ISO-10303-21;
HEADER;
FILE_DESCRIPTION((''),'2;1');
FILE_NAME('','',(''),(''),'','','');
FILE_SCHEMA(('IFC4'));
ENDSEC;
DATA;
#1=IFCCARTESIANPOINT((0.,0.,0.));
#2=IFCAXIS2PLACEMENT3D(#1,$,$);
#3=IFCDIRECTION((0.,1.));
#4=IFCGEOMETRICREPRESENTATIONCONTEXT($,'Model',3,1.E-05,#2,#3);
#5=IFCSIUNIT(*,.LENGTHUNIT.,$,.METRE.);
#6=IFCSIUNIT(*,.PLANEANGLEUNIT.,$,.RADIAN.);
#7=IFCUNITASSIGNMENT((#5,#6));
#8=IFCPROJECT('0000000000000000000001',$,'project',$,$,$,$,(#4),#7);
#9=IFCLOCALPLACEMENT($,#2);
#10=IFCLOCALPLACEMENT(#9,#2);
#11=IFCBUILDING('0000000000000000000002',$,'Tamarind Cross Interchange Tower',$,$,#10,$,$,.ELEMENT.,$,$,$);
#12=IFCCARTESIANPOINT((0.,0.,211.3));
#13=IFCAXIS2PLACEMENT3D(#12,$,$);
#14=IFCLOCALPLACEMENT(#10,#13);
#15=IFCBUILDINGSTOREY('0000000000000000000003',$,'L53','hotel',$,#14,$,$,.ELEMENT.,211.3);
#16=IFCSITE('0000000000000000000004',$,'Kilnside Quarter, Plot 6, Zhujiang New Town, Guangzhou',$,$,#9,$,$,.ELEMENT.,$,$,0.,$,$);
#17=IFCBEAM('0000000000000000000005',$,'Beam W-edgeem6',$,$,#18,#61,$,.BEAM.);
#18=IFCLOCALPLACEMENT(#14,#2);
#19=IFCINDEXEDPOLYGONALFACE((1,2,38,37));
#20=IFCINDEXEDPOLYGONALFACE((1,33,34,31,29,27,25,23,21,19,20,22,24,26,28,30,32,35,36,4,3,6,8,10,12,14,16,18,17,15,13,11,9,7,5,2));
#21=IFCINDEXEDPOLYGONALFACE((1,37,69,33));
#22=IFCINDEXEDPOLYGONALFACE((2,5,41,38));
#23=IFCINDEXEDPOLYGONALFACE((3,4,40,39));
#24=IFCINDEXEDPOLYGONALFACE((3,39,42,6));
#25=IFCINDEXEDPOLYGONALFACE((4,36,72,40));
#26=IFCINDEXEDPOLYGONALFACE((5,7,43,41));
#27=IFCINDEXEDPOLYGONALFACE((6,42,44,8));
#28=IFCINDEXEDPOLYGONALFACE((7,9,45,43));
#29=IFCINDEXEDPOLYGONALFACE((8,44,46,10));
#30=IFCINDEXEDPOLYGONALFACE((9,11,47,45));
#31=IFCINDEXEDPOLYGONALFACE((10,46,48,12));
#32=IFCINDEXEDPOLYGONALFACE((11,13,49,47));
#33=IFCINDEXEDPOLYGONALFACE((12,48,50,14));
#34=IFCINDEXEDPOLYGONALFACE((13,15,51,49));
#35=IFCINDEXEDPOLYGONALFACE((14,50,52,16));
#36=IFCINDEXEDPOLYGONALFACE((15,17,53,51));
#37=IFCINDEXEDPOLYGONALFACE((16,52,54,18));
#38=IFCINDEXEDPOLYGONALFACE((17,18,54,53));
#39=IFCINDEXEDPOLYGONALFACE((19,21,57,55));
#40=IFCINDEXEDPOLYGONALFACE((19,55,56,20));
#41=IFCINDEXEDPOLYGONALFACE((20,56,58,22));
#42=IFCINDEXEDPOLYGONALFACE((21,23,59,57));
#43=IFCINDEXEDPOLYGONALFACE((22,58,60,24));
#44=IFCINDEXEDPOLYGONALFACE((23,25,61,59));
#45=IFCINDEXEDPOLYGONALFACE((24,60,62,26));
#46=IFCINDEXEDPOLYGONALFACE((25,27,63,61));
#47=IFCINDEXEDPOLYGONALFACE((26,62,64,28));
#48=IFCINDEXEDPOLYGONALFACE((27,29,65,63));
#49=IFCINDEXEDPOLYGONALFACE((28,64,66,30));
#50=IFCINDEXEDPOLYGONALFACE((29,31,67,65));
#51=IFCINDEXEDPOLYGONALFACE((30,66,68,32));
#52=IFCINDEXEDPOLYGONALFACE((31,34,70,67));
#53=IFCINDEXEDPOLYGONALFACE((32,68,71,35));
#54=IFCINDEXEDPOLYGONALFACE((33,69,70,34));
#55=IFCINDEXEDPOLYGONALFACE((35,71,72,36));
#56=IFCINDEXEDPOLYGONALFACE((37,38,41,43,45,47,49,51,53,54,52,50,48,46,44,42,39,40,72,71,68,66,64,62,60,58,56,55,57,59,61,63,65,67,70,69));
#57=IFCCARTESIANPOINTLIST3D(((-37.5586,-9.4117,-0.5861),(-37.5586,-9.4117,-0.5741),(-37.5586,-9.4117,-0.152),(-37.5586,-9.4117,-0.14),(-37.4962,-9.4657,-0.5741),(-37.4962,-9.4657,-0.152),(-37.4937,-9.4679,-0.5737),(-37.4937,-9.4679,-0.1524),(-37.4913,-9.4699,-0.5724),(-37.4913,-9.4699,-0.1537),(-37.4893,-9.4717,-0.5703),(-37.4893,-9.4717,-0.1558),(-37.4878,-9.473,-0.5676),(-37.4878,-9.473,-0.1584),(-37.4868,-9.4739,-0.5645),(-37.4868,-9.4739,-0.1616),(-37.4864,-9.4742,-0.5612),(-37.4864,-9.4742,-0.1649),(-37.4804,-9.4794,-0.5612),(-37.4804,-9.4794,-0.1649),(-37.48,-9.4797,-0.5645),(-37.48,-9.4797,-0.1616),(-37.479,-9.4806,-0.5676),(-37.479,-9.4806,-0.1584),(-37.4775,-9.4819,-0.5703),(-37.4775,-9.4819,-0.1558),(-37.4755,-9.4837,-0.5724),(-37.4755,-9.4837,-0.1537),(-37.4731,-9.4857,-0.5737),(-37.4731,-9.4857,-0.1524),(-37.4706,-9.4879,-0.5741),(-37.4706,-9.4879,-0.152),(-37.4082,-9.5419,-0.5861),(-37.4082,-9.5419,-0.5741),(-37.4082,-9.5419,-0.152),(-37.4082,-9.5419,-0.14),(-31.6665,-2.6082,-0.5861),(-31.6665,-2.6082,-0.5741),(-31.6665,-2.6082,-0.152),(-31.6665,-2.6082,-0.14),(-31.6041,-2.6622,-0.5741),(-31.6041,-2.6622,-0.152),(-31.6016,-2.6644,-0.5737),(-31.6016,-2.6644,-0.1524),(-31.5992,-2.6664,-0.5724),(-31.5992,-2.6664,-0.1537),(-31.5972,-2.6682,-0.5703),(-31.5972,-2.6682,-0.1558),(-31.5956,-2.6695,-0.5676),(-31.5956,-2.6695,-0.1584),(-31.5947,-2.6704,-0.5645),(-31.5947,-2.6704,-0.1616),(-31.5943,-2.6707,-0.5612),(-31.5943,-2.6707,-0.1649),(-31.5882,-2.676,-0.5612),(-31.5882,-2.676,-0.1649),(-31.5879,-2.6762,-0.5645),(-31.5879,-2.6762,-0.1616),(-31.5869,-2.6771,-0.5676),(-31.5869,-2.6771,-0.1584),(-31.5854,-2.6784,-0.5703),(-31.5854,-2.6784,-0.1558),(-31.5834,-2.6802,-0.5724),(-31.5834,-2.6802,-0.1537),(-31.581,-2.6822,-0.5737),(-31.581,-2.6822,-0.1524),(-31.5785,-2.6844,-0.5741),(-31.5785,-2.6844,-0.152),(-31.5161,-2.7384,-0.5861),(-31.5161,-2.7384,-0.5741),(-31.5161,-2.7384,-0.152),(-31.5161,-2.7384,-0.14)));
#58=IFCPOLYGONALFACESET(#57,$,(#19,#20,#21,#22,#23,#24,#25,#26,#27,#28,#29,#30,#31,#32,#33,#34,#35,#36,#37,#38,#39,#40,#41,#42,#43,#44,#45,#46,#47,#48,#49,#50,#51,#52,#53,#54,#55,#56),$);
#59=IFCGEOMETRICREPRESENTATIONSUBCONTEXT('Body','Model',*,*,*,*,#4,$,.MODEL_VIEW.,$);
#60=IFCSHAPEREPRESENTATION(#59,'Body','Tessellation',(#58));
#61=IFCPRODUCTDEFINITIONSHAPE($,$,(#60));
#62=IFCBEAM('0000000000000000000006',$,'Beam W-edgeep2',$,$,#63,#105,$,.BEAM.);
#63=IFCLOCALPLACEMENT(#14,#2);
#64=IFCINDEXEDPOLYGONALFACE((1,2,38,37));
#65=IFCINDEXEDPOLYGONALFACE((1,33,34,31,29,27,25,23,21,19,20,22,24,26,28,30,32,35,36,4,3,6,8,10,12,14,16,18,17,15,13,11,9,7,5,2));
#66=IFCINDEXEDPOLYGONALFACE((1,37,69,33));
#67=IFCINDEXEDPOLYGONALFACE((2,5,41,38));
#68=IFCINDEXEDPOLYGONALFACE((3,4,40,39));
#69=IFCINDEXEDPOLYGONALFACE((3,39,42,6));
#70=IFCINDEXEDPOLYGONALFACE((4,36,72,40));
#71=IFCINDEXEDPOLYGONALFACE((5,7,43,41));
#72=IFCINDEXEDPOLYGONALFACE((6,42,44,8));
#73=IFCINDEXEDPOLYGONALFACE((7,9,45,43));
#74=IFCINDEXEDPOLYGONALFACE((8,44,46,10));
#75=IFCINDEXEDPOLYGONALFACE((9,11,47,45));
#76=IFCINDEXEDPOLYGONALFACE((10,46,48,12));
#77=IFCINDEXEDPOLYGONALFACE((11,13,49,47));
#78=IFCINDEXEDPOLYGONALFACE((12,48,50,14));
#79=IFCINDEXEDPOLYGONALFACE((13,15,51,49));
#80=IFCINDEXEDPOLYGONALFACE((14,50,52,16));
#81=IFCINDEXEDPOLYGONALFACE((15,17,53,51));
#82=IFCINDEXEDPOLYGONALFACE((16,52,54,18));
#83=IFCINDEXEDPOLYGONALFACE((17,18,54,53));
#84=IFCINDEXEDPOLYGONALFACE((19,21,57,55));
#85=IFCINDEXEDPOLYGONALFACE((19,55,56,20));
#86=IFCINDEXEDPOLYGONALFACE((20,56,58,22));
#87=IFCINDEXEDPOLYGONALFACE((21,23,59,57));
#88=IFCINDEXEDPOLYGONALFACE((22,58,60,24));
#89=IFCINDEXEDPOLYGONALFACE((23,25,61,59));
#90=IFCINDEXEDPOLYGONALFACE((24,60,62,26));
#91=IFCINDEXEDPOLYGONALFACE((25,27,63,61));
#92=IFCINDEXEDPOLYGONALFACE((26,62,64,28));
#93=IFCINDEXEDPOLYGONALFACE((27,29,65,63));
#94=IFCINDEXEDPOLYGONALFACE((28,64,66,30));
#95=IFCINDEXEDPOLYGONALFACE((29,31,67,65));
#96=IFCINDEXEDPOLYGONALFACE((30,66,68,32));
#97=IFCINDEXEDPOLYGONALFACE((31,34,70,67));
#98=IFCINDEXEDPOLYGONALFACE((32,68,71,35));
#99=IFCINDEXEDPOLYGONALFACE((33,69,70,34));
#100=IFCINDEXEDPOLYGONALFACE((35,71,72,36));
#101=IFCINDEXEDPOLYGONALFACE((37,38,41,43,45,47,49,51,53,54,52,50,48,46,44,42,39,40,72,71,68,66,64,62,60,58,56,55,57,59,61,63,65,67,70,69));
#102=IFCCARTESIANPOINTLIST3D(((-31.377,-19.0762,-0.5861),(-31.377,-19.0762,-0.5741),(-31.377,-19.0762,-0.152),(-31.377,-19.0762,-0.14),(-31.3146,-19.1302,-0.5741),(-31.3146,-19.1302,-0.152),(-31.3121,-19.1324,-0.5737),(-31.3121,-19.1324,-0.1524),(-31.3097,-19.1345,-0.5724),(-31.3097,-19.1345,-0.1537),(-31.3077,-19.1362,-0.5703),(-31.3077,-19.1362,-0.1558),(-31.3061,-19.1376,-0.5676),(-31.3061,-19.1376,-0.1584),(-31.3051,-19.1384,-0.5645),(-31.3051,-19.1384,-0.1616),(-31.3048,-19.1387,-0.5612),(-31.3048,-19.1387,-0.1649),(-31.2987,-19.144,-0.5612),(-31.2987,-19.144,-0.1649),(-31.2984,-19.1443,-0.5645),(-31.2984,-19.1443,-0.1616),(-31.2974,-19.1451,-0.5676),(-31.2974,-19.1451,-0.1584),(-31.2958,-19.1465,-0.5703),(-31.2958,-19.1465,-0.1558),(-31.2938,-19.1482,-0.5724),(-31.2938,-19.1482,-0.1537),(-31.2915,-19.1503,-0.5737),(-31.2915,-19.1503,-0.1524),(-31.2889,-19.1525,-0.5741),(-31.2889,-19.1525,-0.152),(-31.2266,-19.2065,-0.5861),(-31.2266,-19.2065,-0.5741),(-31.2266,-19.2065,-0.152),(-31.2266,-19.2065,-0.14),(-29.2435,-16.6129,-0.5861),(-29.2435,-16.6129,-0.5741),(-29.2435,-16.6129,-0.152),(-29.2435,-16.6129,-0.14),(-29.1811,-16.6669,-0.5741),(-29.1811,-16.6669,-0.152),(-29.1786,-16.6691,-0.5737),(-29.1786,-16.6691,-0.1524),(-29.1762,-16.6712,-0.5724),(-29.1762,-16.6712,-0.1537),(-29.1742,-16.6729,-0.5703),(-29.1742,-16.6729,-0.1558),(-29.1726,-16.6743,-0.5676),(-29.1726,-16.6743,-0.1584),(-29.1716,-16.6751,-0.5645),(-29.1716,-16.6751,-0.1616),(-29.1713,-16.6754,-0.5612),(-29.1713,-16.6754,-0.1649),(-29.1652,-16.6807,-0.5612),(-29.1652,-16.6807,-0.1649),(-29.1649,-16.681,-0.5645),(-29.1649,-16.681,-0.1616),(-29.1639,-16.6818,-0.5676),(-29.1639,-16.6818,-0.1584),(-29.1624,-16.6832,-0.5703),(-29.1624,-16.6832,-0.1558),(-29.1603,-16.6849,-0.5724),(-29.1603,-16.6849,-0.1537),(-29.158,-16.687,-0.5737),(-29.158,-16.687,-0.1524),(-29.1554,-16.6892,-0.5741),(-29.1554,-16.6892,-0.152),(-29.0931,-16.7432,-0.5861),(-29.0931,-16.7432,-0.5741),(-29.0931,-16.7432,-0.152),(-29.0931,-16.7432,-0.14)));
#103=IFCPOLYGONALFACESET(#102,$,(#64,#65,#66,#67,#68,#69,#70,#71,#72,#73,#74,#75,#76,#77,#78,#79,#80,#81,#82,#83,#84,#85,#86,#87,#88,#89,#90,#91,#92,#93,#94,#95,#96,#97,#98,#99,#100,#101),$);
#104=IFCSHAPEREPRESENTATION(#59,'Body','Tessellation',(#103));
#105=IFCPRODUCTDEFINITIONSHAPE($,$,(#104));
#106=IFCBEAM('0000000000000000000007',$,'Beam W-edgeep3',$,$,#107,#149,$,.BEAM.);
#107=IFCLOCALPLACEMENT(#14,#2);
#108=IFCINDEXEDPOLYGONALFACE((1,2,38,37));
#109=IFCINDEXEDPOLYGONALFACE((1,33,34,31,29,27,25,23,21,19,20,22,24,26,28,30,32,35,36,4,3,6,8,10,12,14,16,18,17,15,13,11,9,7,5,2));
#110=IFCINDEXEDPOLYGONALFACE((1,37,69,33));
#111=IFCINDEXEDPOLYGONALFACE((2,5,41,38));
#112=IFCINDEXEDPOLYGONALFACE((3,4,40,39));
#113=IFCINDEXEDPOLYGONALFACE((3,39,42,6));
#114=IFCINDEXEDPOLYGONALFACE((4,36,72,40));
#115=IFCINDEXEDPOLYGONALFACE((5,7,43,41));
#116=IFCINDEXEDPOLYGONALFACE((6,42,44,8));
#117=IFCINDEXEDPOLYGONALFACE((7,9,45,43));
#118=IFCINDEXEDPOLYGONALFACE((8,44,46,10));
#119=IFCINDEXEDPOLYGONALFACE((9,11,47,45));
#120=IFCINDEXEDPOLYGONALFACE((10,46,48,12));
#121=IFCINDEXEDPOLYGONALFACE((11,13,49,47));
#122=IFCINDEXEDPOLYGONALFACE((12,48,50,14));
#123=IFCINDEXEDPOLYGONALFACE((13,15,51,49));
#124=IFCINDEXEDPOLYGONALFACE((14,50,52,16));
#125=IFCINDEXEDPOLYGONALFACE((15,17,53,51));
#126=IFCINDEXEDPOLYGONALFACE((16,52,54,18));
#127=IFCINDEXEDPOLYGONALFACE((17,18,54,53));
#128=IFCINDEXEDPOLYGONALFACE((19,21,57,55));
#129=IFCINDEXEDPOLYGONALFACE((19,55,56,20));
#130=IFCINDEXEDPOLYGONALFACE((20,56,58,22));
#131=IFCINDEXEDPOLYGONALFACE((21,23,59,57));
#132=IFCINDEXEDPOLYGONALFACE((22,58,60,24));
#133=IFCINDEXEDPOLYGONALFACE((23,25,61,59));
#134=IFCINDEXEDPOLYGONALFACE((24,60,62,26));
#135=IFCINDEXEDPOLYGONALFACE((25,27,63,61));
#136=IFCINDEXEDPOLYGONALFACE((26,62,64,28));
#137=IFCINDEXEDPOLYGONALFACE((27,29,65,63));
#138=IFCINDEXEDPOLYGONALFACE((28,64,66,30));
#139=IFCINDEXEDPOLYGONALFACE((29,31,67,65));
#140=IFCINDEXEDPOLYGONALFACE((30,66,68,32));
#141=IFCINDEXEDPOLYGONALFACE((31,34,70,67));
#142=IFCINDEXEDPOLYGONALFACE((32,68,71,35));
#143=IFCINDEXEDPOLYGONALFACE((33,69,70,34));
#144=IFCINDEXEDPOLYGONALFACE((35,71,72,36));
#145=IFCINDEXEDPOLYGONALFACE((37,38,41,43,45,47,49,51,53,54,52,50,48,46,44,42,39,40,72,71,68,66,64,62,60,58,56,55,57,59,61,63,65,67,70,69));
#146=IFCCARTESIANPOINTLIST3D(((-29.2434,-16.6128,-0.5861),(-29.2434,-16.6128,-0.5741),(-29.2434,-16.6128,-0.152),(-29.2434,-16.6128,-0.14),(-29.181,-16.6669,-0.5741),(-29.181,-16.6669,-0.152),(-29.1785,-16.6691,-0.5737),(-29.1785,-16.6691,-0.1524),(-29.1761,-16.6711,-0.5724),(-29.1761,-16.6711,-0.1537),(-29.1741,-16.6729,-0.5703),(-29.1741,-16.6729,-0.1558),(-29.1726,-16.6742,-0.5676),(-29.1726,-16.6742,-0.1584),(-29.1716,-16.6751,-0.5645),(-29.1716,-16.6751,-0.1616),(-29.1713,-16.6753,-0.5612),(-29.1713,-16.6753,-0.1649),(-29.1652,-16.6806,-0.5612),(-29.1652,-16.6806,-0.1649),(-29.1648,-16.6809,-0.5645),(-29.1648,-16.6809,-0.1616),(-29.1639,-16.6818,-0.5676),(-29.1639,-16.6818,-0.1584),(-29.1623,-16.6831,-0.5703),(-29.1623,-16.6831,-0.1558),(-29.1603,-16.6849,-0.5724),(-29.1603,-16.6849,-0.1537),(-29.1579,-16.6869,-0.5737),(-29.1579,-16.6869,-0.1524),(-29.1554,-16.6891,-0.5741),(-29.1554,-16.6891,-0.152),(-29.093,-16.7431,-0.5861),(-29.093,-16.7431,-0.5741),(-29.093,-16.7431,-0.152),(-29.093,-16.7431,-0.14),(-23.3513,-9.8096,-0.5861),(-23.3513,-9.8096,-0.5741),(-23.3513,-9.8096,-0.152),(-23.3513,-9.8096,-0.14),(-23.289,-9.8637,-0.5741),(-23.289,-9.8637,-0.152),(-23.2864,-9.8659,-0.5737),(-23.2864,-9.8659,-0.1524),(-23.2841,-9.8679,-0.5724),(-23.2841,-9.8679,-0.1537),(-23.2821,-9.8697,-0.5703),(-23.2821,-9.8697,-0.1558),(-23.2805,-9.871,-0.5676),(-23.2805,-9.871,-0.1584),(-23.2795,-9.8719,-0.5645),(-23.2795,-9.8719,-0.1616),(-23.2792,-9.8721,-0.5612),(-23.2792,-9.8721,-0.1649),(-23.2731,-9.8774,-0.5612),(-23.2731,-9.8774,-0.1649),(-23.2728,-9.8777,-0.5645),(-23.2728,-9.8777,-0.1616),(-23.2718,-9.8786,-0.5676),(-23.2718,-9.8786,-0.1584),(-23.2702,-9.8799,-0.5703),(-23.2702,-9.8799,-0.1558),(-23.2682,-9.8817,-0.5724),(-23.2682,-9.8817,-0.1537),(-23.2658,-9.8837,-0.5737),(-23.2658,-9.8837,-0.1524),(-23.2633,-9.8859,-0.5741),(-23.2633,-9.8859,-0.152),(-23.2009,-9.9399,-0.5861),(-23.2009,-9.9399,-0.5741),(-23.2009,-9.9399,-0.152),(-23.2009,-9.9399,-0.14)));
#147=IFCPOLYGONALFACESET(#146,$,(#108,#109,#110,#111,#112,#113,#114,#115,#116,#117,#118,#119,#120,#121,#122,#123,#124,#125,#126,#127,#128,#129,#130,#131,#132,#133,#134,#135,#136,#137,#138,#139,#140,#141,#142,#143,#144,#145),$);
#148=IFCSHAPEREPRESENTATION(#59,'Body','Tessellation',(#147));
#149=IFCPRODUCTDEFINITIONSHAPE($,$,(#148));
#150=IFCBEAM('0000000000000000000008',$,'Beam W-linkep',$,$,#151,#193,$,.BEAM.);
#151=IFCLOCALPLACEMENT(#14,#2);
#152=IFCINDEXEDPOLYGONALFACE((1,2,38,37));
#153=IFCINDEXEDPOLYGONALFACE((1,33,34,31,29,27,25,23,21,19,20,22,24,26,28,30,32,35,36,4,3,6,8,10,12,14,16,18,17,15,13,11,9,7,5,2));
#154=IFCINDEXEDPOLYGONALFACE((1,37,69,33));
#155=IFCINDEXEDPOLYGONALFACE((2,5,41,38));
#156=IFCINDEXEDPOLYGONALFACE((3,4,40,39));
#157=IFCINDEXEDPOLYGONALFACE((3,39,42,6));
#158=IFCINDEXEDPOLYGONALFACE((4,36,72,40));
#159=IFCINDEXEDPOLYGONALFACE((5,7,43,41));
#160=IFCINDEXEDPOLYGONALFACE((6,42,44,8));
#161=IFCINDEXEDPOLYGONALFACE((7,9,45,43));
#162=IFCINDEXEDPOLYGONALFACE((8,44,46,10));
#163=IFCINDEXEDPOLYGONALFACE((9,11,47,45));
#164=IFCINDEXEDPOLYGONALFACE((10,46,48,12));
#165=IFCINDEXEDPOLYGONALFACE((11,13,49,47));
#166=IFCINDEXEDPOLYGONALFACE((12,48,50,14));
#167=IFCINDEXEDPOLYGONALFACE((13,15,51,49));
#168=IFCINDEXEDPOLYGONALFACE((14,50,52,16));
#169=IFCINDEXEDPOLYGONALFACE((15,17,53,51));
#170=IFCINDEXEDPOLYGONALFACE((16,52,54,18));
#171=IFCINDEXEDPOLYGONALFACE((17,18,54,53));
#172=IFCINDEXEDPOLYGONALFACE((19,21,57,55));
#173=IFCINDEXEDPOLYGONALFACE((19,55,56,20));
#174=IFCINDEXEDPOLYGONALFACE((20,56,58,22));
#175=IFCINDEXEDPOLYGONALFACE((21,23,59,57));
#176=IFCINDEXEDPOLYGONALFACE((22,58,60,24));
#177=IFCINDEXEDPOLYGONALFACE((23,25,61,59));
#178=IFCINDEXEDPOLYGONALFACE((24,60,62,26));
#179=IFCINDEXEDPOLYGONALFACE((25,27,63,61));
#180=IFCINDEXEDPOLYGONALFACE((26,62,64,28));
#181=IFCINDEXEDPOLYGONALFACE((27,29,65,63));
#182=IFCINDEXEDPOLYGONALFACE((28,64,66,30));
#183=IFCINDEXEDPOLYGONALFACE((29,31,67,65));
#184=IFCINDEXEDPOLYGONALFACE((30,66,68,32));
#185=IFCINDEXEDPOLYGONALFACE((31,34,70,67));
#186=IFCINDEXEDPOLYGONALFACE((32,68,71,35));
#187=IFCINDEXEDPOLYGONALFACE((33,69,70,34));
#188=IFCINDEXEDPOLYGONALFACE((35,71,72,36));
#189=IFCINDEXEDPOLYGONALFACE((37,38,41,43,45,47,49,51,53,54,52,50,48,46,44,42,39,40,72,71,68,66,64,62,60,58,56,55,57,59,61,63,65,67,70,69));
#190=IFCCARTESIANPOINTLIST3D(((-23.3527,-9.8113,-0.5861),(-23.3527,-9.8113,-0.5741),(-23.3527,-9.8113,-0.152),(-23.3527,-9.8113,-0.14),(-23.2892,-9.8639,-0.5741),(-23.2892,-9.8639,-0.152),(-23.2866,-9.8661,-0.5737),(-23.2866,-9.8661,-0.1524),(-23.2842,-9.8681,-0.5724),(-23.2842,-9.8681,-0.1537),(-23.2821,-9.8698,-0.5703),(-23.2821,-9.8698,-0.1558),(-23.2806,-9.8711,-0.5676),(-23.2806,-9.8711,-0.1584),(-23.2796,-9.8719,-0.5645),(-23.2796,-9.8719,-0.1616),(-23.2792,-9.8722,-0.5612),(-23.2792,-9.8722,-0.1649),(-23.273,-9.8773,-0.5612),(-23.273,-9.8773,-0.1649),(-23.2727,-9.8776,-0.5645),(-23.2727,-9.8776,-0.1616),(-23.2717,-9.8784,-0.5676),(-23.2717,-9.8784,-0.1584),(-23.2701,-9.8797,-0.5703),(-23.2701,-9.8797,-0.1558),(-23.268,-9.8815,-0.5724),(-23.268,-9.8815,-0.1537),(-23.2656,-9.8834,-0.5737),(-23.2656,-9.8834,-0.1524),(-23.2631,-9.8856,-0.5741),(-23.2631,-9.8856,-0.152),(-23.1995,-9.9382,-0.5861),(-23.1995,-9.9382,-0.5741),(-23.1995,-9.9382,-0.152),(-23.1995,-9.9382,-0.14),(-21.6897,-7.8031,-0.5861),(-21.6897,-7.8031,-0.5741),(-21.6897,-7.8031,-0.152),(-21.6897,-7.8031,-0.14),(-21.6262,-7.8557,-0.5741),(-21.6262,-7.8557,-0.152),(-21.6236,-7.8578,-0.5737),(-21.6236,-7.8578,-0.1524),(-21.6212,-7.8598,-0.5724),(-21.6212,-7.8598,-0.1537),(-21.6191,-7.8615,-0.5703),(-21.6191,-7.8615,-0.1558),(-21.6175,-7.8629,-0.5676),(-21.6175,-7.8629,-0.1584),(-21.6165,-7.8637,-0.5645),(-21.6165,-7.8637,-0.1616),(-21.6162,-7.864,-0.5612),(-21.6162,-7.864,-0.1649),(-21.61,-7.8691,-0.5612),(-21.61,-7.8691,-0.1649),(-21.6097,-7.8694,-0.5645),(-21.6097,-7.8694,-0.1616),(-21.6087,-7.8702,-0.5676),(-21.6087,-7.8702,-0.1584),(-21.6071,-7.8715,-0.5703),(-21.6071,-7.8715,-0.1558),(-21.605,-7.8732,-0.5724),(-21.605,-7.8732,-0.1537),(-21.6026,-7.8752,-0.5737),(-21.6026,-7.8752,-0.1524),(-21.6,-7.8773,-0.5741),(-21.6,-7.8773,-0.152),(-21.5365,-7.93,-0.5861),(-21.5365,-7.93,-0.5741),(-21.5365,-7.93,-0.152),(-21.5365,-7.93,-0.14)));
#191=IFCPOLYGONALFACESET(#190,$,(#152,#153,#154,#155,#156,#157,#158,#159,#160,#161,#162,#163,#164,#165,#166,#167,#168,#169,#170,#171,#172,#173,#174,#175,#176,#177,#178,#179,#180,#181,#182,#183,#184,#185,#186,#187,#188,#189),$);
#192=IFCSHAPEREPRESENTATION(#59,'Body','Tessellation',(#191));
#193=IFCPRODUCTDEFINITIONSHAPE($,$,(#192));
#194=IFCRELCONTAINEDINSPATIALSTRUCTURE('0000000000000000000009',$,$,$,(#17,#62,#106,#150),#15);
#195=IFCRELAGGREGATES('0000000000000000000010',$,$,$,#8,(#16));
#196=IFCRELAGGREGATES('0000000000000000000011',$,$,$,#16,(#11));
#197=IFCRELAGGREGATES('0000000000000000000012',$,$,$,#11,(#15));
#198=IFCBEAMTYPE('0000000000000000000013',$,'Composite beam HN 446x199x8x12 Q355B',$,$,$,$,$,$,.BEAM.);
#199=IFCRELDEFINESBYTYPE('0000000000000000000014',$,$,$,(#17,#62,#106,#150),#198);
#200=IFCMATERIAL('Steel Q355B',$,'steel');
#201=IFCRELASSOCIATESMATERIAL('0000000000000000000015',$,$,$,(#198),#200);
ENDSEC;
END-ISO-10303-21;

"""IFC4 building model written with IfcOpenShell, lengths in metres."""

from ifc_helpers import new_model, si_unit, direction, frame, origin, origin_2d, place, context, subcontext, project, spatial, i_section, extrude, material, material_profile, profile_set, type_object, element, save


model = new_model("IFC4")

# Units and contexts
model_context = context("Model", 3, precision=1e-05, world=origin(), true_north=direction((0.0, 1.0)))
body_context = subcontext(model_context, "Body", "Model", "MODEL_VIEW")
ifc_project = project(units=[si_unit("LENGTHUNIT", "METRE"), si_unit("PLANEANGLEUNIT", "RADIAN")], contexts=[model_context])

# Site, building, storey
site_placement = place(None, origin())
site = spatial("IfcSite", under=ifc_project, at=site_placement, Name="Kilnside Quarter, Plot 6, Zhujiang New Town, Guangzhou", CompositionType="ELEMENT", RefElevation=0.0)
building_placement = place(site_placement, origin())
building = spatial("IfcBuilding", under=site, at=building_placement, Name="Tamarind Cross Interchange Tower", CompositionType="ELEMENT")
storey_placement = place(building_placement, frame((0.0, 0.0, 211.3)))
storey = spatial("IfcBuildingStorey", under=building, at=storey_placement, Name="L53", Description="hotel", CompositionType="ELEMENT", Elevation=211.3)

# Beams
ifc_material_1 = material(Name="Steel Q355B", Category="steel")
ifc_material_profile_1 = material_profile(ifc_material_1, i_section(OverallWidth=0.199, OverallDepth=0.446, WebThickness=0.0081, FlangeThickness=0.012, FilletRadius=0.0129, at=origin_2d()), Name="HN 446x199x8x12")
ifc_profile_set_1 = profile_set([ifc_material_profile_1], Name="Steel Q355B")
beam_type_1 = type_object("IfcBeamType", Name="Composite beam HN 446x199x8x12 Q355B", PredefinedType="BEAM", material=ifc_profile_set_1)
beam_1_placement = place(storey_placement, frame((-37.4834, -9.4768, -0.363), z_axis=(0.654661, 0.755923, 0.0), x_axis=(-0.755923, 0.654661, 0.0)))
element("IfcBeam", 1, at=beam_1_placement, inside=storey, type_object=beam_type_1, Name="Beam W-edgeem6", PredefinedType="BEAM", context=body_context, shape_type="SweptSolid", body=[
    extrude(i_section(OverallWidth=0.199, OverallDepth=0.446, WebThickness=0.0081, FlangeThickness=0.012, FilletRadius=0.0129, at=origin_2d()), origin(), (0.0, 0.0, 1.0), 9.0002),
])
beam_2_placement = place(storey_placement, frame((-31.3018, -19.1414, -0.363), z_axis=(0.654688, 0.755899, 0.0), x_axis=(-0.755899, 0.654688, 0.0)))
element("IfcBeam", 2, at=beam_2_placement, inside=storey, type_object=beam_type_1, Name="Beam W-edgeep2", PredefinedType="BEAM", context=body_context, shape_type="SweptSolid", body=[
    extrude(i_section(OverallWidth=0.199, OverallDepth=0.446, WebThickness=0.0081, FlangeThickness=0.012, FilletRadius=0.0129, at=origin_2d()), origin(), (0.0, 0.0, 1.0), 3.2588),
])
beam_3_placement = place(storey_placement, frame((-29.1682, -16.678, -0.363), z_axis=(0.654674, 0.755911, 0.0), x_axis=(-0.755911, 0.654674, 0.0)))
element("IfcBeam", 3, at=beam_3_placement, inside=storey, type_object=beam_type_1, Name="Beam W-edgeep3", PredefinedType="BEAM", context=body_context, shape_type="SweptSolid", body=[
    extrude(i_section(OverallWidth=0.199, OverallDepth=0.446, WebThickness=0.0081, FlangeThickness=0.012, FilletRadius=0.0129, at=origin_2d()), origin(), (0.0, 0.0, 1.0), 9.0),
])
beam_4_placement = place(storey_placement, frame((-23.2761, -9.8748, -0.363), z_axis=(0.637805, 0.770198, 0.0), x_axis=(-0.770198, 0.637805, 0.0)))
element("IfcBeam", 4, at=beam_4_placement, inside=storey, type_object=beam_type_1, Name="Beam W-linkep", PredefinedType="BEAM", context=body_context, shape_type="SweptSolid", body=[
    extrude(i_section(OverallWidth=0.199, OverallDepth=0.446, WebThickness=0.0081, FlangeThickness=0.012, FilletRadius=0.0129, at=origin_2d()), origin(), (0.0, 0.0, 1.0), 2.6074),
])

save(model, "model.ifc")
